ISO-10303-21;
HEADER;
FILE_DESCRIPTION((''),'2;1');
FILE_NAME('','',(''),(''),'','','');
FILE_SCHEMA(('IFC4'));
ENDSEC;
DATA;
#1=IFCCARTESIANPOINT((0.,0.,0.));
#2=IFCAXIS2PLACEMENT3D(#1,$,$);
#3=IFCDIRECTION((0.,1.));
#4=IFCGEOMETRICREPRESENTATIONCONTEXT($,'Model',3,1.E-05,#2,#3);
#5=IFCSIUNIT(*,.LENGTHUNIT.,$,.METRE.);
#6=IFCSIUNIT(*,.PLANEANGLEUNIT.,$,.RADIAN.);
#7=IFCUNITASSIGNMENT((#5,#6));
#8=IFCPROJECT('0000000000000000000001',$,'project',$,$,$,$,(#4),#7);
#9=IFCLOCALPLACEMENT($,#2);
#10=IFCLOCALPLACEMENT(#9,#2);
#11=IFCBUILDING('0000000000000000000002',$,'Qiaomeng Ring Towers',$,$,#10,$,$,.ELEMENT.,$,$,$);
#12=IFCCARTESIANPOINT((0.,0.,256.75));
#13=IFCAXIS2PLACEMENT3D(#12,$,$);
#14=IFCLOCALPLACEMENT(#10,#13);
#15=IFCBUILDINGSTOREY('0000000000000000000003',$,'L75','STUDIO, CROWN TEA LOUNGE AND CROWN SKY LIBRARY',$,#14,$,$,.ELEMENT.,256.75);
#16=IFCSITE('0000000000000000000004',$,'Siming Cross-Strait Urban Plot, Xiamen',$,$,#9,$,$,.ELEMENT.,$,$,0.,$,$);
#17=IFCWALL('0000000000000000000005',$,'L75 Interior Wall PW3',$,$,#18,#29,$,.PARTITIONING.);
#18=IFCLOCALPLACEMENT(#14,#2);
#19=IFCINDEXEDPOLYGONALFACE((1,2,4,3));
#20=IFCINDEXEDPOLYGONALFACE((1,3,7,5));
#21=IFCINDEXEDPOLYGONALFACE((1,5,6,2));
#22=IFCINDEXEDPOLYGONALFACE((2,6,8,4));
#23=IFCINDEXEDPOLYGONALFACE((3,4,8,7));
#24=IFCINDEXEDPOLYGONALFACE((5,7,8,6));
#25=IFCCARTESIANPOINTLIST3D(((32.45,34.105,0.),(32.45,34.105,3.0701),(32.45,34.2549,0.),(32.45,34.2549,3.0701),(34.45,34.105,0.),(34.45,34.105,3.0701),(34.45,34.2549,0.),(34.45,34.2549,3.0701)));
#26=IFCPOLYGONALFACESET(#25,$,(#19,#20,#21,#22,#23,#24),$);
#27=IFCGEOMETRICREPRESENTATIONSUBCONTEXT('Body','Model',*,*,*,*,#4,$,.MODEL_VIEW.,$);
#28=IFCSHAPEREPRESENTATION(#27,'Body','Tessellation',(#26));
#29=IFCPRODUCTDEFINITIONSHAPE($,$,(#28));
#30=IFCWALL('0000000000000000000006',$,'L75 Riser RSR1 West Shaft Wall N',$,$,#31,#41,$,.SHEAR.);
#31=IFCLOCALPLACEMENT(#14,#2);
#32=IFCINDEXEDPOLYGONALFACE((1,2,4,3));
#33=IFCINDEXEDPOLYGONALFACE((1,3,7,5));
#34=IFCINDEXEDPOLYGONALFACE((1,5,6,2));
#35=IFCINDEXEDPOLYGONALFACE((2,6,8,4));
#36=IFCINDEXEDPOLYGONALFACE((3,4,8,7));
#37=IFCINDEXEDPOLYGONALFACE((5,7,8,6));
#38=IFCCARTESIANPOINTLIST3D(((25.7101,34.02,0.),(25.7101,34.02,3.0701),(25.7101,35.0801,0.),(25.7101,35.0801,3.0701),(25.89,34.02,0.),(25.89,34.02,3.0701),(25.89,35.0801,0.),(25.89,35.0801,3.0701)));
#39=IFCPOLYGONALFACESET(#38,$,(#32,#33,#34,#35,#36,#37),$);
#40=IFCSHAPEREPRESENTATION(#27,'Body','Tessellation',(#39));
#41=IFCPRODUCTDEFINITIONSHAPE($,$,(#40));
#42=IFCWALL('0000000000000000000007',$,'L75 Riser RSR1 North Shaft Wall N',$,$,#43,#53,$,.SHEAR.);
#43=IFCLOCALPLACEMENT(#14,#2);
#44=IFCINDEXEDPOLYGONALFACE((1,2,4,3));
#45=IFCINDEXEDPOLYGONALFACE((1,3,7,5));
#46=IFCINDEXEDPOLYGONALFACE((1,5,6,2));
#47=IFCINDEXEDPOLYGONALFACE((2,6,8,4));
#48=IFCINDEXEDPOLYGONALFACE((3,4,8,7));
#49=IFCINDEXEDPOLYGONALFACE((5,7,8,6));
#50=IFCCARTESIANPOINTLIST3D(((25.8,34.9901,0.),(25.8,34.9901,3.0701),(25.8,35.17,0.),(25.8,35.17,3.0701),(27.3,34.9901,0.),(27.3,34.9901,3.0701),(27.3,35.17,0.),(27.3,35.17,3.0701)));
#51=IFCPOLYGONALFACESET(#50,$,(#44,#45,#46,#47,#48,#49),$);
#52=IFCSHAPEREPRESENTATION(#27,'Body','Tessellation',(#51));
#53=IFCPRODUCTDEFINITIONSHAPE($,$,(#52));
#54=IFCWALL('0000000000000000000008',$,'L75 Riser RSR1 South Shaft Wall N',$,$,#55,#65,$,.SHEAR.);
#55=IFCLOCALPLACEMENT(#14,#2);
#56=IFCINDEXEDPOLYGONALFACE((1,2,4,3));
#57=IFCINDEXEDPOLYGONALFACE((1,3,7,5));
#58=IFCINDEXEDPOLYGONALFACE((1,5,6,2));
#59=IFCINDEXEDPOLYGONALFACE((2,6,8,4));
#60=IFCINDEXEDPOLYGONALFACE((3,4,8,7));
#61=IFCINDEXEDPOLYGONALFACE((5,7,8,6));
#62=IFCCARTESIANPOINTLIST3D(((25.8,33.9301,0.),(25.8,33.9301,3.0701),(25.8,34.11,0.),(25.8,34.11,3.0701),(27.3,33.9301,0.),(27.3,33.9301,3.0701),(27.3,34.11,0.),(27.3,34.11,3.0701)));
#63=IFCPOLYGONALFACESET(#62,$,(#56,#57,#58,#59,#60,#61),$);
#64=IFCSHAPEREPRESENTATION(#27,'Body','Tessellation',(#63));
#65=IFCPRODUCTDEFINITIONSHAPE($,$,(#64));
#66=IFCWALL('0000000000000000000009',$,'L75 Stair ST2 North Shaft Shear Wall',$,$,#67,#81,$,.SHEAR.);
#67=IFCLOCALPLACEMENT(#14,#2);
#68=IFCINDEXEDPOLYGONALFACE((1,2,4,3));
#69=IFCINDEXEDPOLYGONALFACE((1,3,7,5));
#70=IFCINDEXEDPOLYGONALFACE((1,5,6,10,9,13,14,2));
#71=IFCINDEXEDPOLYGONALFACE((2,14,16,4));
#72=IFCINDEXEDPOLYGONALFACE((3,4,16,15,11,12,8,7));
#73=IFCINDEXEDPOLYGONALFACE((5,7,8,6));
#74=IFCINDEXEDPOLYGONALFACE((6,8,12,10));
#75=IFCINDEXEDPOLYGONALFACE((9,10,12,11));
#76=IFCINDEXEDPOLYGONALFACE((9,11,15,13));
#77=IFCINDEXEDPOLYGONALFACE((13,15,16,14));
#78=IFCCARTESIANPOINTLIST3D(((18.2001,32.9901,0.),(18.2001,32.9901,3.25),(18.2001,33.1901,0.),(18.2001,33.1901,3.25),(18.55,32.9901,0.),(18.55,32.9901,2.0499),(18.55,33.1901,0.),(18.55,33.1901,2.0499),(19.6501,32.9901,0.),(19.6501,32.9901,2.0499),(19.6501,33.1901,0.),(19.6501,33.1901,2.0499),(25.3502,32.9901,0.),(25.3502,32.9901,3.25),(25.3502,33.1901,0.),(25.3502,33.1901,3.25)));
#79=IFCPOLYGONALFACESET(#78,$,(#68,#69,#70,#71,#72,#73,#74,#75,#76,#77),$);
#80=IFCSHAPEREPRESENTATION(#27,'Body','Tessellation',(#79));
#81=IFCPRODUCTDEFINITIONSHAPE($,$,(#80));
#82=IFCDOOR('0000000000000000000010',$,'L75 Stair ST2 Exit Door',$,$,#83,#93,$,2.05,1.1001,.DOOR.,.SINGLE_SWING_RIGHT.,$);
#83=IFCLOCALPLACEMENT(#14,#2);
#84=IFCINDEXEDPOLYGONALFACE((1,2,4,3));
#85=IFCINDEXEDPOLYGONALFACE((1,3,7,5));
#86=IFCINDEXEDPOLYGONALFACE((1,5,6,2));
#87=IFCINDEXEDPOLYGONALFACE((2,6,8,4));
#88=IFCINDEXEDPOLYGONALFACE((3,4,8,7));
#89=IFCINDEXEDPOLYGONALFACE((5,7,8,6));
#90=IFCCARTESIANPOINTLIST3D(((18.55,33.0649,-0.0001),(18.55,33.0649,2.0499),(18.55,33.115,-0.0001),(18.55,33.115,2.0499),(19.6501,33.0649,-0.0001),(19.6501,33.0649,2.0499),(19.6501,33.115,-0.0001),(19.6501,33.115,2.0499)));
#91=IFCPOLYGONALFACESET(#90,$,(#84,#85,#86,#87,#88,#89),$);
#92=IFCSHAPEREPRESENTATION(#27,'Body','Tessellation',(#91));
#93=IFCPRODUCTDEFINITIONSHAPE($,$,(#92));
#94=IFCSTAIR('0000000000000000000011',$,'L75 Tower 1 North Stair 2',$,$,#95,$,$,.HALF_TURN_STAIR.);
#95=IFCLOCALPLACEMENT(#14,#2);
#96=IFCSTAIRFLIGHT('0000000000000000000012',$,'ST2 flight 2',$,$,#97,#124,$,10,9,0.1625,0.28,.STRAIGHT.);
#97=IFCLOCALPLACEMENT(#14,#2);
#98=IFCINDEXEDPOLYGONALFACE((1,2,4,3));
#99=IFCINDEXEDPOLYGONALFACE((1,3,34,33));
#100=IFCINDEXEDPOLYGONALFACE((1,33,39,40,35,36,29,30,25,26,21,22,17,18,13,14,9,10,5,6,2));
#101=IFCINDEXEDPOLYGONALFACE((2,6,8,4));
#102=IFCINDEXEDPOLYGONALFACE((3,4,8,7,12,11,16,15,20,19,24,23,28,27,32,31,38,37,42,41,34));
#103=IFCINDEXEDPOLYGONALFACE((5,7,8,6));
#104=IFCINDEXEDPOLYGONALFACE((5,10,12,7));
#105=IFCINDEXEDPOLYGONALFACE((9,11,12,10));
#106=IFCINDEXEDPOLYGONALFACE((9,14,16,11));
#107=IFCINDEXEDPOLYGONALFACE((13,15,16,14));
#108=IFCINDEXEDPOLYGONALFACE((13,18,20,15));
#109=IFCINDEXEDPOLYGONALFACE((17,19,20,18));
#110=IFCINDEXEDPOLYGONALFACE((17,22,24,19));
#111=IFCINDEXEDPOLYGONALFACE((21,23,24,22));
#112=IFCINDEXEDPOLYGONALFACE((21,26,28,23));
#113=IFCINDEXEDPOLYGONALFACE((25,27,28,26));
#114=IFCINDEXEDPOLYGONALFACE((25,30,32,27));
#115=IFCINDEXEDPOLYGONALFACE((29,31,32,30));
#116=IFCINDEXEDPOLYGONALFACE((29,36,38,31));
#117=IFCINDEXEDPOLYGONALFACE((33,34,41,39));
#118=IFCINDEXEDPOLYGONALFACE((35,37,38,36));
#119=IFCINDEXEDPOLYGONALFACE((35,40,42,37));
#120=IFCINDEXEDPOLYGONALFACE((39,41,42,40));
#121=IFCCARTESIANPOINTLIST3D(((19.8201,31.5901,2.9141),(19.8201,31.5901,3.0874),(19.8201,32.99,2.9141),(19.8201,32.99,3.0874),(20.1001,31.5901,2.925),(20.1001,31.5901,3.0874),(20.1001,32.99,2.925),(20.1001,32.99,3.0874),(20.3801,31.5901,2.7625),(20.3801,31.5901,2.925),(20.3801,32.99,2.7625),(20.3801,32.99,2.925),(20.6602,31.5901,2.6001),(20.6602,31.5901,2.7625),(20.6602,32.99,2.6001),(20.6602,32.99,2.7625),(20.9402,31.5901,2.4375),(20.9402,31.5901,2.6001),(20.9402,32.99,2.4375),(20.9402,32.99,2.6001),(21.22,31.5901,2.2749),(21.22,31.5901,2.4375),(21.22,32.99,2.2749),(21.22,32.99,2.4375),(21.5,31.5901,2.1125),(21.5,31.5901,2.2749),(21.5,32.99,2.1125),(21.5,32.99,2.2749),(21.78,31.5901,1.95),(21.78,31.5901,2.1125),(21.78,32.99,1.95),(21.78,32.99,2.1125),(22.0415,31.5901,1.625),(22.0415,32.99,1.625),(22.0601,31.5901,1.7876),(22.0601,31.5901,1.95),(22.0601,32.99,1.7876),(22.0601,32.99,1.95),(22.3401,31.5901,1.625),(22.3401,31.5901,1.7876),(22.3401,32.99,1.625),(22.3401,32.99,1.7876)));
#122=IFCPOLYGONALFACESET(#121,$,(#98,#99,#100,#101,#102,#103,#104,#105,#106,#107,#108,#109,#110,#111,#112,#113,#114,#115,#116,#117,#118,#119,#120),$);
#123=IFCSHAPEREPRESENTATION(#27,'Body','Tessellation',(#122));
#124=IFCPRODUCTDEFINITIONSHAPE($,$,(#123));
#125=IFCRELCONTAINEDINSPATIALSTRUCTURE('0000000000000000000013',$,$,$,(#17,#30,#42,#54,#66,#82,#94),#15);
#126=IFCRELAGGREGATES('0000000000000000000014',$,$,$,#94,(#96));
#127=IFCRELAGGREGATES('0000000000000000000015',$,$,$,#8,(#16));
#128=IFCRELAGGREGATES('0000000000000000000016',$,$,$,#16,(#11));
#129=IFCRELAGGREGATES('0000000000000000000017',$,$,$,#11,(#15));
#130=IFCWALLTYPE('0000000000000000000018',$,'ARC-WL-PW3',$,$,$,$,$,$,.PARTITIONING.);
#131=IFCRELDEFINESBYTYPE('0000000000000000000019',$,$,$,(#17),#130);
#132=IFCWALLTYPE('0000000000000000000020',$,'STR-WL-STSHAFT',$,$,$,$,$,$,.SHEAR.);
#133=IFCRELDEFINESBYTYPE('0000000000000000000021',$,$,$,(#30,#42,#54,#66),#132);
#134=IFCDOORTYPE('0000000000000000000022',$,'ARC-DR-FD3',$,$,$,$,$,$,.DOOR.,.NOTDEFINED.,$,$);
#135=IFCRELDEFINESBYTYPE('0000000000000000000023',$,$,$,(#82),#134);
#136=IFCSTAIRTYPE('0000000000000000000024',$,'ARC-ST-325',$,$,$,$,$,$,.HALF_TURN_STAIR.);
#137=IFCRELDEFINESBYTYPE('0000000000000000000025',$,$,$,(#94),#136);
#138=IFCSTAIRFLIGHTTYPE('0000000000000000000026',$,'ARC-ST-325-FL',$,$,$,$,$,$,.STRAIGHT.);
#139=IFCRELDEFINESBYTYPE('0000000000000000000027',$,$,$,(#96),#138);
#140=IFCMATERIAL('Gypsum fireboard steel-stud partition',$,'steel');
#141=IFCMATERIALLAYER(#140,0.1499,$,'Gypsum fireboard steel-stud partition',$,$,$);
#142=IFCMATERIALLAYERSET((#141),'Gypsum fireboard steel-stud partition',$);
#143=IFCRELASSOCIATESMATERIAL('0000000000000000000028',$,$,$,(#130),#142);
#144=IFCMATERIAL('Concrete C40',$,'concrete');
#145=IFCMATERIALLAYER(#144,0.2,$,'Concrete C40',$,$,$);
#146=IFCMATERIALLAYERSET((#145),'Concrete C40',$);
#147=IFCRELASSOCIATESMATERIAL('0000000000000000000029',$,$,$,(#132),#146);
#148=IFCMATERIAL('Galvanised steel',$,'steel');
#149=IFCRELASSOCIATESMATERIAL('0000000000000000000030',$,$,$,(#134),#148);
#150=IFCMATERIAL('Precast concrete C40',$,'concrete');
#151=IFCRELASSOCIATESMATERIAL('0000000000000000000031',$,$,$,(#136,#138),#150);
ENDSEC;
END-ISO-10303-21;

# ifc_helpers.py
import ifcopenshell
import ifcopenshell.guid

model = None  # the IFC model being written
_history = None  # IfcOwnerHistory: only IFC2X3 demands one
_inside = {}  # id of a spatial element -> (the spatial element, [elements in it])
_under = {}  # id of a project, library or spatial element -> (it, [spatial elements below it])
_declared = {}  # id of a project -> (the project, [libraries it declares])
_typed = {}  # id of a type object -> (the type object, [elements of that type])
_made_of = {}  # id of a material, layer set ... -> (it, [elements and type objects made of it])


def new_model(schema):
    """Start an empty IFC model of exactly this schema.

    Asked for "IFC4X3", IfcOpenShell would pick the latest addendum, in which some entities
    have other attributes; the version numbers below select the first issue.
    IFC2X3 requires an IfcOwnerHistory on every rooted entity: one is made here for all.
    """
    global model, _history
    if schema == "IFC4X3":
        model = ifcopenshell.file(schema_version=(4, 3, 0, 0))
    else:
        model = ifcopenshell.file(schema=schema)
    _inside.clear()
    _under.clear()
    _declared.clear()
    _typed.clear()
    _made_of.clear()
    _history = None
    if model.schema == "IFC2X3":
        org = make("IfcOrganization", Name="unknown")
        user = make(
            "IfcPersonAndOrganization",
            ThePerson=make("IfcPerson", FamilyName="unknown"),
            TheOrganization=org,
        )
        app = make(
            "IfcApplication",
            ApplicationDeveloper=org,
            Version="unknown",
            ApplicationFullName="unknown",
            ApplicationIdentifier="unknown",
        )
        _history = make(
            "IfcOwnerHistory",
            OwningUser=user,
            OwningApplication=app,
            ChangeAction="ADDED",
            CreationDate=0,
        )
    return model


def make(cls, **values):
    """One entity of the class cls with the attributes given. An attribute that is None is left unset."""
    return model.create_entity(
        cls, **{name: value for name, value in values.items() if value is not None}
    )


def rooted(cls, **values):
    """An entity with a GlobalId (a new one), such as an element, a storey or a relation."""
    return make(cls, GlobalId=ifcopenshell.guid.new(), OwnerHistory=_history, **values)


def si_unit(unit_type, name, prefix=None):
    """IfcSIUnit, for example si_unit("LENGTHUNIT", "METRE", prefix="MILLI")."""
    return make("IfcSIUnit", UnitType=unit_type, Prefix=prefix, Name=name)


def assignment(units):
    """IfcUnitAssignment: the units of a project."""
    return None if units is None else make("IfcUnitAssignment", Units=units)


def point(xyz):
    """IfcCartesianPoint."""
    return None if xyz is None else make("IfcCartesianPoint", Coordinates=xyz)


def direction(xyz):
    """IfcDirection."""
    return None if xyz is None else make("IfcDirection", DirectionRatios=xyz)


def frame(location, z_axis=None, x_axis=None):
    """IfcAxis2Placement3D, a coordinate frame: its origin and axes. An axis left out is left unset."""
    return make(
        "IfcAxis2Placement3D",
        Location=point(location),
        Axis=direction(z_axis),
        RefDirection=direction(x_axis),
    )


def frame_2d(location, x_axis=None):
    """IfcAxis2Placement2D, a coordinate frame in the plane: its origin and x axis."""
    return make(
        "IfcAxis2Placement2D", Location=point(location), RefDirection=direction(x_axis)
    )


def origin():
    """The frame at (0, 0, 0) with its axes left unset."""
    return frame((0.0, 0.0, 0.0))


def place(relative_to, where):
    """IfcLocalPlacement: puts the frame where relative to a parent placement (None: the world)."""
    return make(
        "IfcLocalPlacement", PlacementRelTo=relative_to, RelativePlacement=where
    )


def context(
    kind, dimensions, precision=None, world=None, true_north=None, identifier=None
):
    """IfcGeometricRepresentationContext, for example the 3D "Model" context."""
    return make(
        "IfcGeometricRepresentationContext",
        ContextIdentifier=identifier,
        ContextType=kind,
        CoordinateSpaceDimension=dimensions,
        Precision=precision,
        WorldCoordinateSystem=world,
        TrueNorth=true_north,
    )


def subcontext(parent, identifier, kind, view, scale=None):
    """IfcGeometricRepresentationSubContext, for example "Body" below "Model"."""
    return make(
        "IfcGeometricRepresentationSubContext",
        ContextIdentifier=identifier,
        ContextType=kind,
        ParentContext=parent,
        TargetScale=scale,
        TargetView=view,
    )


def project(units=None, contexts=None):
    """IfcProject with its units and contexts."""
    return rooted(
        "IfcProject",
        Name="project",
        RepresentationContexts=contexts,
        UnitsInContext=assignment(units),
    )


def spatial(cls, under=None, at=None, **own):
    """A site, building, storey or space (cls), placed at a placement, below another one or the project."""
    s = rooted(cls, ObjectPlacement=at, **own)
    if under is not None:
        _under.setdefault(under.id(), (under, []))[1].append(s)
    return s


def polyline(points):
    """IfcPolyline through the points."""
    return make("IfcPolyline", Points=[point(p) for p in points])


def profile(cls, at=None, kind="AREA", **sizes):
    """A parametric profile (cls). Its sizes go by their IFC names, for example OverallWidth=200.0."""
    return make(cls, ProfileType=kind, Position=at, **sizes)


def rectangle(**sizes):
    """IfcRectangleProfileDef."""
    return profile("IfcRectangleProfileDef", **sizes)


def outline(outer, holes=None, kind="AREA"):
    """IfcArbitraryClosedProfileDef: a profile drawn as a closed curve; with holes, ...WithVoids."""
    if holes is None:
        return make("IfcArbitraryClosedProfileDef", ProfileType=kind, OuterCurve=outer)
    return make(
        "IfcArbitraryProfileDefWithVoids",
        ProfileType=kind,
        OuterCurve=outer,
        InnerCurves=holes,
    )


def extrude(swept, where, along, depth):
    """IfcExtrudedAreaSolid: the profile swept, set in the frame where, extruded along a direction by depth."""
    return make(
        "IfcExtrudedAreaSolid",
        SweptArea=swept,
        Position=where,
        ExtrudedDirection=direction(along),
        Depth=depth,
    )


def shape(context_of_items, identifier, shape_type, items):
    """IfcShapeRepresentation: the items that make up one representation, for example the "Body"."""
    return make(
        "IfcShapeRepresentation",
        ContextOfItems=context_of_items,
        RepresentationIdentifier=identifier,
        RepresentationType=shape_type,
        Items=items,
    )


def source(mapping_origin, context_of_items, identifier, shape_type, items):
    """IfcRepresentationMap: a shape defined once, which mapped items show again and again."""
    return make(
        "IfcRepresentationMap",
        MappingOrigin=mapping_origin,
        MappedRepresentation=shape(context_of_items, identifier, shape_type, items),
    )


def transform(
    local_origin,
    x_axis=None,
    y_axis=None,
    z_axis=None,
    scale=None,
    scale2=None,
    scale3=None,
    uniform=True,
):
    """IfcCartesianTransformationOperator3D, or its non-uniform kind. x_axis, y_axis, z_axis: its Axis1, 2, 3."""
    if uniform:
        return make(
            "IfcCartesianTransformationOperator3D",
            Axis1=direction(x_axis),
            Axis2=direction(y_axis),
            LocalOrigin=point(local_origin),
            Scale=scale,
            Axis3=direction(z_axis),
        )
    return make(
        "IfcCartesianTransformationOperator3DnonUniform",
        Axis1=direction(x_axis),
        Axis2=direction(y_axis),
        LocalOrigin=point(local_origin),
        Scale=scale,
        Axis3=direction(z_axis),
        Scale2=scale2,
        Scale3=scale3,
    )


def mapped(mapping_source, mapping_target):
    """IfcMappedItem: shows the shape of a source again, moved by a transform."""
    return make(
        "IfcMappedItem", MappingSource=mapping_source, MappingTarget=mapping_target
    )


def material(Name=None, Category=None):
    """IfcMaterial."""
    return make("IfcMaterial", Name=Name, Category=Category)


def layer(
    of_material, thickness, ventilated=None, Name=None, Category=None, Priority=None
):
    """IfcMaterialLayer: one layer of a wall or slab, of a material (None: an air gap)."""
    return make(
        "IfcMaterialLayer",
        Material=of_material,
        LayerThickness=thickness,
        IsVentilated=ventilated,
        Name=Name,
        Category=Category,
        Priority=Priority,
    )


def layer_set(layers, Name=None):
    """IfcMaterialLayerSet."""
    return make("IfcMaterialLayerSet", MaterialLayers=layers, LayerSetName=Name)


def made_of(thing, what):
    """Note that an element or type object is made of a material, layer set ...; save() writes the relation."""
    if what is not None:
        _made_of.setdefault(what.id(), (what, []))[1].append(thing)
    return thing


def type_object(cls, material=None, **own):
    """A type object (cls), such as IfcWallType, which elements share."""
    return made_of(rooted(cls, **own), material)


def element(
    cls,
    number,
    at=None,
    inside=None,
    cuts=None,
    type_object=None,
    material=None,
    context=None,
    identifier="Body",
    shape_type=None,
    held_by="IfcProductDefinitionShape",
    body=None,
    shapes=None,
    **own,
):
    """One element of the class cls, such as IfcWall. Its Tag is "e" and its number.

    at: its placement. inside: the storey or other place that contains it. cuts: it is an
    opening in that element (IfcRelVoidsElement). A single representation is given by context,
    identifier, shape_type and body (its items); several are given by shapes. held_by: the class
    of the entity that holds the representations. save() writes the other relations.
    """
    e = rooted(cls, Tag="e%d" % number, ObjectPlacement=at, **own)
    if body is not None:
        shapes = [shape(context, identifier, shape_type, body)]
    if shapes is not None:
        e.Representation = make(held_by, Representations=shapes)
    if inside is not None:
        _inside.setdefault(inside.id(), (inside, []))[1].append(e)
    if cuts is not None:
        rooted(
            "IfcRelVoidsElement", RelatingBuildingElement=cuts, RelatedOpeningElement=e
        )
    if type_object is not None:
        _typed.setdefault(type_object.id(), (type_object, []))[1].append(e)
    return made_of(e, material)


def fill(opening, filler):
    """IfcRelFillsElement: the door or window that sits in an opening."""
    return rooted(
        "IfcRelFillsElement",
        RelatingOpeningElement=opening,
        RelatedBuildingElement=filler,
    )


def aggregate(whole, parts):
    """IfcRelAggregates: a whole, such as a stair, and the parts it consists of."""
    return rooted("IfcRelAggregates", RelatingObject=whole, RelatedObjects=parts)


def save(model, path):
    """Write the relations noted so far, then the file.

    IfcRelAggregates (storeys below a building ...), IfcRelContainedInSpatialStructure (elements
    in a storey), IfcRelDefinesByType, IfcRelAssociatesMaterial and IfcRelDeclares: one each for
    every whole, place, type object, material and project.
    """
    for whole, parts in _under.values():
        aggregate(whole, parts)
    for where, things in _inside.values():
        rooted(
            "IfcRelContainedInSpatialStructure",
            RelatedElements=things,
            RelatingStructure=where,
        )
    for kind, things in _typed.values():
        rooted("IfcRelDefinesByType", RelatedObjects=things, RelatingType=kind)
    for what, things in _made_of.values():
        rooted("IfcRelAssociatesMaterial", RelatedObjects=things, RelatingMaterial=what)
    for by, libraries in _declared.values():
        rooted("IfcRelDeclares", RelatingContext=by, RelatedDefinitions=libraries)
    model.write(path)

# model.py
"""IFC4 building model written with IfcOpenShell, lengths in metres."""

from ifc_helpers import new_model, si_unit, direction, frame, frame_2d, origin, place, context, subcontext, project, spatial, polyline, rectangle, outline, extrude, source, transform, mapped, material, layer, layer_set, type_object, element, fill, aggregate, save


model = new_model("IFC4")

# Units and contexts
model_context = context("Model", 3, precision=1e-05, world=origin(), true_north=direction((0.0, 1.0)))
body_context = subcontext(model_context, "Body", "Model", "MODEL_VIEW")
ifc_project = project(units=[si_unit("LENGTHUNIT", "METRE"), si_unit("PLANEANGLEUNIT", "RADIAN")], contexts=[model_context])

# Site, building, storey
site_placement = place(None, origin())
site = spatial("IfcSite", under=ifc_project, at=site_placement, Name="Siming Cross-Strait Urban Plot, Xiamen", CompositionType="ELEMENT", RefElevation=0.0)
building_placement = place(site_placement, origin())
building = spatial("IfcBuilding", under=site, at=building_placement, Name="Qiaomeng Ring Towers", CompositionType="ELEMENT")
storey_placement = place(building_placement, frame((0.0, 0.0, 256.75)))
storey = spatial("IfcBuildingStorey", under=building, at=storey_placement, Name="L75", Description="STUDIO, CROWN TEA LOUNGE AND CROWN SKY LIBRARY", CompositionType="ELEMENT", Elevation=256.75)

# Shared definitions
ifc_material_1 = material(Name="Concrete C40", Category="concrete")

# Walls
ifc_material_2 = material(Name="Gypsum fireboard steel-stud partition", Category="steel")
ifc_layer_1 = layer(ifc_material_2, 0.1499, Name="Gypsum fireboard steel-stud partition")
ifc_layer_set_1 = layer_set([ifc_layer_1], Name="Gypsum fireboard steel-stud partition")
wall_type_1 = type_object("IfcWallType", Name="ARC-WL-PW3", PredefinedType="PARTITIONING", material=ifc_layer_set_1)
wall_1_placement = place(storey_placement, frame((32.45, 34.1799, 0.0), z_axis=(0.0, 0.0, 1.0), x_axis=(1.0, 0.0, 0.0)))
element("IfcWall", 1, at=wall_1_placement, inside=storey, type_object=wall_type_1, Name="L75 Interior Wall PW3", PredefinedType="PARTITIONING", context=body_context, shape_type="SweptSolid", body=[
    extrude(rectangle(XDim=2.0, YDim=0.1499, at=frame_2d((1.0, 0.0))), origin(), (0.0, 0.0, 1.0), 3.0701),
])
ifc_layer_2 = layer(ifc_material_1, 0.2, Name="Concrete C40")
ifc_layer_set_2 = layer_set([ifc_layer_2], Name="Concrete C40")
wall_type_2 = type_object("IfcWallType", Name="STR-WL-STSHAFT", PredefinedType="SHEAR", material=ifc_layer_set_2)
wall_2_placement = place(storey_placement, frame((25.8, 34.02, 0.0), z_axis=(0.0, 0.0, 1.0), x_axis=(0.0, 1.0, 0.0)))
element("IfcWall", 2, at=wall_2_placement, inside=storey, type_object=wall_type_2, Name="L75 Riser RSR1 West Shaft Wall N", PredefinedType="SHEAR", context=body_context, shape_type="SweptSolid", body=[
    extrude(rectangle(XDim=1.0601, YDim=0.1799, at=frame_2d((0.53, 0.0))), origin(), (0.0, 0.0, 1.0), 3.0701),
])
for number, where, z_axis, x_axis, name in (
    (3, (25.8, 35.0801, 0.0), (0.0, 0.0, 1.0), (1.0, 0.0, 0.0), "L75 Riser RSR1 North Shaft Wall N"),
    (4, (25.8, 34.02, 0.0), (0.0, 0.0, 1.0), (1.0, 0.0, 0.0), "L75 Riser RSR1 South Shaft Wall N"),
):
    element("IfcWall", number, at=place(storey_placement, frame(where, z_axis=z_axis, x_axis=x_axis)), inside=storey, type_object=wall_type_2, Name=name, PredefinedType="SHEAR", context=body_context, shape_type="SweptSolid", body=[
        extrude(rectangle(XDim=1.5, YDim=0.1799, at=frame_2d((0.75, 0.0))), origin(), (0.0, 0.0, 1.0), 3.0701),
    ])

# Wall, opening, door
wall_3_placement = place(storey_placement, frame((18.2, 33.0901, 0.0), z_axis=(0.0, 0.0, 1.0), x_axis=(1.0, 0.0, 0.0)))
wall_3 = element("IfcWall", 5, at=wall_3_placement, inside=storey, type_object=wall_type_2, Name="L75 Stair ST2 North Shaft Shear Wall", PredefinedType="SHEAR", context=body_context, shape_type="SweptSolid", body=[
    extrude(rectangle(XDim=7.1501, YDim=0.2, at=frame_2d((3.5752, 0.0))), origin(), (0.0, 0.0, 1.0), 3.25),
])
opening_placement = place(wall_3_placement, frame((0.3501, 0.0, 0.0)))
opening = element("IfcOpeningElement", 6, at=opening_placement, cuts=wall_3, PredefinedType="OPENING", context=body_context, shape_type="SweptSolid", body=[
    extrude(rectangle(XDim=1.1001, YDim=2.05, at=frame_2d((0.55, 1.0249))), frame((0.0, 0.1099, 0.0), z_axis=(0.0, -1.0, 0.0), x_axis=(1.0, 0.0, 0.0)), (0.0, 0.0, 1.0), 0.22),
])
ifc_material_3 = material(Name="Galvanised steel", Category="steel")
door_type = type_object("IfcDoorType", Name="ARC-DR-FD3", OperationType="NOTDEFINED", PredefinedType="DOOR", material=ifc_material_3)
shared_shape_1 = source(origin(), body_context, "Body", "SweptSolid", [
    extrude(rectangle(XDim=1.1001, YDim=2.05, at=frame_2d((0.55, 1.0249))), frame((0.0, 0.0249, 0.0), z_axis=(0.0, -1.0, 0.0), x_axis=(1.0, 0.0, 0.0)), (0.0, 0.0, 1.0), 0.05),
])
door_placement = place(opening_placement, origin())
door = element("IfcDoor", 7, at=door_placement, inside=storey, type_object=door_type, Name="L75 Stair ST2 Exit Door", OperationType="SINGLE_SWING_RIGHT", OverallHeight=2.05, OverallWidth=1.1001, PredefinedType="DOOR", context=body_context, shape_type="MappedRepresentation", body=[
    mapped(shared_shape_1, transform((0.0, 0.0, 0.0), x_axis=(1.0, 0.0, 0.0), y_axis=(0.0, 1.0, 0.0), z_axis=(0.0, 0.0, 1.0), scale=1.0)),
])
fill(opening, door)

# Stair, stair flight
ifc_material_4 = material(Name="Precast concrete C40", Category="concrete")
stair_type = type_object("IfcStairType", Name="ARC-ST-325", PredefinedType="HALF_TURN_STAIR", material=ifc_material_4)
stair_placement = place(storey_placement, origin())
stair = element("IfcStair", 8, at=stair_placement, inside=storey, type_object=stair_type, Name="L75 Tower 1 North Stair 2", PredefinedType="HALF_TURN_STAIR")
stair_flight_type = type_object("IfcStairFlightType", Name="ARC-ST-325-FL", PredefinedType="STRAIGHT", material=ifc_material_4)
shared_shape_2 = source(origin(), body_context, "Body", "SweptSolid", [
    extrude(outline(polyline([(0.0, 0.0), (0.0, 0.1626), (0.28, 0.1626), (0.28, 0.325), (0.5601, 0.325), (0.5601, 0.4875), (0.8401, 0.4875), (0.8401, 0.6499), (1.1201, 0.6499), (1.1201, 0.8125), (1.3999, 0.8125), (1.3999, 0.9751), (1.6799, 0.9751), (1.6799, 1.1375), (1.96, 1.1375), (1.96, 1.3), (2.24, 1.3), (2.24, 1.4624), (2.52, 1.4624), (2.52, 1.625), (2.52, 1.2891), (0.2986, 0.0), (0.0, 0.0)])), frame((0.0, 0.7, 0.0), z_axis=(0.0, -1.0, 0.0), x_axis=(1.0, 0.0, 0.0)), (0.0, 0.0, 1.0), 1.3999),
])
stair_flight_placement = place(storey_placement, frame((22.3401, 32.29, 1.625), z_axis=(0.0, 0.0, 1.0), x_axis=(-1.0, 0.0, 0.0)))
stair_flight = element("IfcStairFlight", 9, at=stair_flight_placement, type_object=stair_flight_type, Name="ST2 flight 2", NumberOfRisers=10, NumberOfTreads=9, PredefinedType="STRAIGHT", RiserHeight=0.1625, TreadLength=0.28, context=body_context, shape_type="MappedRepresentation", body=[
    mapped(shared_shape_2, transform((0.0, 0.0, 0.0), x_axis=(1.0, 0.0, 0.0), y_axis=(0.0, 1.0, 0.0), z_axis=(0.0, 0.0, 1.0), scale=1.0)),
])
aggregate(stair, [stair_flight])

save(model, "model.ifc")
